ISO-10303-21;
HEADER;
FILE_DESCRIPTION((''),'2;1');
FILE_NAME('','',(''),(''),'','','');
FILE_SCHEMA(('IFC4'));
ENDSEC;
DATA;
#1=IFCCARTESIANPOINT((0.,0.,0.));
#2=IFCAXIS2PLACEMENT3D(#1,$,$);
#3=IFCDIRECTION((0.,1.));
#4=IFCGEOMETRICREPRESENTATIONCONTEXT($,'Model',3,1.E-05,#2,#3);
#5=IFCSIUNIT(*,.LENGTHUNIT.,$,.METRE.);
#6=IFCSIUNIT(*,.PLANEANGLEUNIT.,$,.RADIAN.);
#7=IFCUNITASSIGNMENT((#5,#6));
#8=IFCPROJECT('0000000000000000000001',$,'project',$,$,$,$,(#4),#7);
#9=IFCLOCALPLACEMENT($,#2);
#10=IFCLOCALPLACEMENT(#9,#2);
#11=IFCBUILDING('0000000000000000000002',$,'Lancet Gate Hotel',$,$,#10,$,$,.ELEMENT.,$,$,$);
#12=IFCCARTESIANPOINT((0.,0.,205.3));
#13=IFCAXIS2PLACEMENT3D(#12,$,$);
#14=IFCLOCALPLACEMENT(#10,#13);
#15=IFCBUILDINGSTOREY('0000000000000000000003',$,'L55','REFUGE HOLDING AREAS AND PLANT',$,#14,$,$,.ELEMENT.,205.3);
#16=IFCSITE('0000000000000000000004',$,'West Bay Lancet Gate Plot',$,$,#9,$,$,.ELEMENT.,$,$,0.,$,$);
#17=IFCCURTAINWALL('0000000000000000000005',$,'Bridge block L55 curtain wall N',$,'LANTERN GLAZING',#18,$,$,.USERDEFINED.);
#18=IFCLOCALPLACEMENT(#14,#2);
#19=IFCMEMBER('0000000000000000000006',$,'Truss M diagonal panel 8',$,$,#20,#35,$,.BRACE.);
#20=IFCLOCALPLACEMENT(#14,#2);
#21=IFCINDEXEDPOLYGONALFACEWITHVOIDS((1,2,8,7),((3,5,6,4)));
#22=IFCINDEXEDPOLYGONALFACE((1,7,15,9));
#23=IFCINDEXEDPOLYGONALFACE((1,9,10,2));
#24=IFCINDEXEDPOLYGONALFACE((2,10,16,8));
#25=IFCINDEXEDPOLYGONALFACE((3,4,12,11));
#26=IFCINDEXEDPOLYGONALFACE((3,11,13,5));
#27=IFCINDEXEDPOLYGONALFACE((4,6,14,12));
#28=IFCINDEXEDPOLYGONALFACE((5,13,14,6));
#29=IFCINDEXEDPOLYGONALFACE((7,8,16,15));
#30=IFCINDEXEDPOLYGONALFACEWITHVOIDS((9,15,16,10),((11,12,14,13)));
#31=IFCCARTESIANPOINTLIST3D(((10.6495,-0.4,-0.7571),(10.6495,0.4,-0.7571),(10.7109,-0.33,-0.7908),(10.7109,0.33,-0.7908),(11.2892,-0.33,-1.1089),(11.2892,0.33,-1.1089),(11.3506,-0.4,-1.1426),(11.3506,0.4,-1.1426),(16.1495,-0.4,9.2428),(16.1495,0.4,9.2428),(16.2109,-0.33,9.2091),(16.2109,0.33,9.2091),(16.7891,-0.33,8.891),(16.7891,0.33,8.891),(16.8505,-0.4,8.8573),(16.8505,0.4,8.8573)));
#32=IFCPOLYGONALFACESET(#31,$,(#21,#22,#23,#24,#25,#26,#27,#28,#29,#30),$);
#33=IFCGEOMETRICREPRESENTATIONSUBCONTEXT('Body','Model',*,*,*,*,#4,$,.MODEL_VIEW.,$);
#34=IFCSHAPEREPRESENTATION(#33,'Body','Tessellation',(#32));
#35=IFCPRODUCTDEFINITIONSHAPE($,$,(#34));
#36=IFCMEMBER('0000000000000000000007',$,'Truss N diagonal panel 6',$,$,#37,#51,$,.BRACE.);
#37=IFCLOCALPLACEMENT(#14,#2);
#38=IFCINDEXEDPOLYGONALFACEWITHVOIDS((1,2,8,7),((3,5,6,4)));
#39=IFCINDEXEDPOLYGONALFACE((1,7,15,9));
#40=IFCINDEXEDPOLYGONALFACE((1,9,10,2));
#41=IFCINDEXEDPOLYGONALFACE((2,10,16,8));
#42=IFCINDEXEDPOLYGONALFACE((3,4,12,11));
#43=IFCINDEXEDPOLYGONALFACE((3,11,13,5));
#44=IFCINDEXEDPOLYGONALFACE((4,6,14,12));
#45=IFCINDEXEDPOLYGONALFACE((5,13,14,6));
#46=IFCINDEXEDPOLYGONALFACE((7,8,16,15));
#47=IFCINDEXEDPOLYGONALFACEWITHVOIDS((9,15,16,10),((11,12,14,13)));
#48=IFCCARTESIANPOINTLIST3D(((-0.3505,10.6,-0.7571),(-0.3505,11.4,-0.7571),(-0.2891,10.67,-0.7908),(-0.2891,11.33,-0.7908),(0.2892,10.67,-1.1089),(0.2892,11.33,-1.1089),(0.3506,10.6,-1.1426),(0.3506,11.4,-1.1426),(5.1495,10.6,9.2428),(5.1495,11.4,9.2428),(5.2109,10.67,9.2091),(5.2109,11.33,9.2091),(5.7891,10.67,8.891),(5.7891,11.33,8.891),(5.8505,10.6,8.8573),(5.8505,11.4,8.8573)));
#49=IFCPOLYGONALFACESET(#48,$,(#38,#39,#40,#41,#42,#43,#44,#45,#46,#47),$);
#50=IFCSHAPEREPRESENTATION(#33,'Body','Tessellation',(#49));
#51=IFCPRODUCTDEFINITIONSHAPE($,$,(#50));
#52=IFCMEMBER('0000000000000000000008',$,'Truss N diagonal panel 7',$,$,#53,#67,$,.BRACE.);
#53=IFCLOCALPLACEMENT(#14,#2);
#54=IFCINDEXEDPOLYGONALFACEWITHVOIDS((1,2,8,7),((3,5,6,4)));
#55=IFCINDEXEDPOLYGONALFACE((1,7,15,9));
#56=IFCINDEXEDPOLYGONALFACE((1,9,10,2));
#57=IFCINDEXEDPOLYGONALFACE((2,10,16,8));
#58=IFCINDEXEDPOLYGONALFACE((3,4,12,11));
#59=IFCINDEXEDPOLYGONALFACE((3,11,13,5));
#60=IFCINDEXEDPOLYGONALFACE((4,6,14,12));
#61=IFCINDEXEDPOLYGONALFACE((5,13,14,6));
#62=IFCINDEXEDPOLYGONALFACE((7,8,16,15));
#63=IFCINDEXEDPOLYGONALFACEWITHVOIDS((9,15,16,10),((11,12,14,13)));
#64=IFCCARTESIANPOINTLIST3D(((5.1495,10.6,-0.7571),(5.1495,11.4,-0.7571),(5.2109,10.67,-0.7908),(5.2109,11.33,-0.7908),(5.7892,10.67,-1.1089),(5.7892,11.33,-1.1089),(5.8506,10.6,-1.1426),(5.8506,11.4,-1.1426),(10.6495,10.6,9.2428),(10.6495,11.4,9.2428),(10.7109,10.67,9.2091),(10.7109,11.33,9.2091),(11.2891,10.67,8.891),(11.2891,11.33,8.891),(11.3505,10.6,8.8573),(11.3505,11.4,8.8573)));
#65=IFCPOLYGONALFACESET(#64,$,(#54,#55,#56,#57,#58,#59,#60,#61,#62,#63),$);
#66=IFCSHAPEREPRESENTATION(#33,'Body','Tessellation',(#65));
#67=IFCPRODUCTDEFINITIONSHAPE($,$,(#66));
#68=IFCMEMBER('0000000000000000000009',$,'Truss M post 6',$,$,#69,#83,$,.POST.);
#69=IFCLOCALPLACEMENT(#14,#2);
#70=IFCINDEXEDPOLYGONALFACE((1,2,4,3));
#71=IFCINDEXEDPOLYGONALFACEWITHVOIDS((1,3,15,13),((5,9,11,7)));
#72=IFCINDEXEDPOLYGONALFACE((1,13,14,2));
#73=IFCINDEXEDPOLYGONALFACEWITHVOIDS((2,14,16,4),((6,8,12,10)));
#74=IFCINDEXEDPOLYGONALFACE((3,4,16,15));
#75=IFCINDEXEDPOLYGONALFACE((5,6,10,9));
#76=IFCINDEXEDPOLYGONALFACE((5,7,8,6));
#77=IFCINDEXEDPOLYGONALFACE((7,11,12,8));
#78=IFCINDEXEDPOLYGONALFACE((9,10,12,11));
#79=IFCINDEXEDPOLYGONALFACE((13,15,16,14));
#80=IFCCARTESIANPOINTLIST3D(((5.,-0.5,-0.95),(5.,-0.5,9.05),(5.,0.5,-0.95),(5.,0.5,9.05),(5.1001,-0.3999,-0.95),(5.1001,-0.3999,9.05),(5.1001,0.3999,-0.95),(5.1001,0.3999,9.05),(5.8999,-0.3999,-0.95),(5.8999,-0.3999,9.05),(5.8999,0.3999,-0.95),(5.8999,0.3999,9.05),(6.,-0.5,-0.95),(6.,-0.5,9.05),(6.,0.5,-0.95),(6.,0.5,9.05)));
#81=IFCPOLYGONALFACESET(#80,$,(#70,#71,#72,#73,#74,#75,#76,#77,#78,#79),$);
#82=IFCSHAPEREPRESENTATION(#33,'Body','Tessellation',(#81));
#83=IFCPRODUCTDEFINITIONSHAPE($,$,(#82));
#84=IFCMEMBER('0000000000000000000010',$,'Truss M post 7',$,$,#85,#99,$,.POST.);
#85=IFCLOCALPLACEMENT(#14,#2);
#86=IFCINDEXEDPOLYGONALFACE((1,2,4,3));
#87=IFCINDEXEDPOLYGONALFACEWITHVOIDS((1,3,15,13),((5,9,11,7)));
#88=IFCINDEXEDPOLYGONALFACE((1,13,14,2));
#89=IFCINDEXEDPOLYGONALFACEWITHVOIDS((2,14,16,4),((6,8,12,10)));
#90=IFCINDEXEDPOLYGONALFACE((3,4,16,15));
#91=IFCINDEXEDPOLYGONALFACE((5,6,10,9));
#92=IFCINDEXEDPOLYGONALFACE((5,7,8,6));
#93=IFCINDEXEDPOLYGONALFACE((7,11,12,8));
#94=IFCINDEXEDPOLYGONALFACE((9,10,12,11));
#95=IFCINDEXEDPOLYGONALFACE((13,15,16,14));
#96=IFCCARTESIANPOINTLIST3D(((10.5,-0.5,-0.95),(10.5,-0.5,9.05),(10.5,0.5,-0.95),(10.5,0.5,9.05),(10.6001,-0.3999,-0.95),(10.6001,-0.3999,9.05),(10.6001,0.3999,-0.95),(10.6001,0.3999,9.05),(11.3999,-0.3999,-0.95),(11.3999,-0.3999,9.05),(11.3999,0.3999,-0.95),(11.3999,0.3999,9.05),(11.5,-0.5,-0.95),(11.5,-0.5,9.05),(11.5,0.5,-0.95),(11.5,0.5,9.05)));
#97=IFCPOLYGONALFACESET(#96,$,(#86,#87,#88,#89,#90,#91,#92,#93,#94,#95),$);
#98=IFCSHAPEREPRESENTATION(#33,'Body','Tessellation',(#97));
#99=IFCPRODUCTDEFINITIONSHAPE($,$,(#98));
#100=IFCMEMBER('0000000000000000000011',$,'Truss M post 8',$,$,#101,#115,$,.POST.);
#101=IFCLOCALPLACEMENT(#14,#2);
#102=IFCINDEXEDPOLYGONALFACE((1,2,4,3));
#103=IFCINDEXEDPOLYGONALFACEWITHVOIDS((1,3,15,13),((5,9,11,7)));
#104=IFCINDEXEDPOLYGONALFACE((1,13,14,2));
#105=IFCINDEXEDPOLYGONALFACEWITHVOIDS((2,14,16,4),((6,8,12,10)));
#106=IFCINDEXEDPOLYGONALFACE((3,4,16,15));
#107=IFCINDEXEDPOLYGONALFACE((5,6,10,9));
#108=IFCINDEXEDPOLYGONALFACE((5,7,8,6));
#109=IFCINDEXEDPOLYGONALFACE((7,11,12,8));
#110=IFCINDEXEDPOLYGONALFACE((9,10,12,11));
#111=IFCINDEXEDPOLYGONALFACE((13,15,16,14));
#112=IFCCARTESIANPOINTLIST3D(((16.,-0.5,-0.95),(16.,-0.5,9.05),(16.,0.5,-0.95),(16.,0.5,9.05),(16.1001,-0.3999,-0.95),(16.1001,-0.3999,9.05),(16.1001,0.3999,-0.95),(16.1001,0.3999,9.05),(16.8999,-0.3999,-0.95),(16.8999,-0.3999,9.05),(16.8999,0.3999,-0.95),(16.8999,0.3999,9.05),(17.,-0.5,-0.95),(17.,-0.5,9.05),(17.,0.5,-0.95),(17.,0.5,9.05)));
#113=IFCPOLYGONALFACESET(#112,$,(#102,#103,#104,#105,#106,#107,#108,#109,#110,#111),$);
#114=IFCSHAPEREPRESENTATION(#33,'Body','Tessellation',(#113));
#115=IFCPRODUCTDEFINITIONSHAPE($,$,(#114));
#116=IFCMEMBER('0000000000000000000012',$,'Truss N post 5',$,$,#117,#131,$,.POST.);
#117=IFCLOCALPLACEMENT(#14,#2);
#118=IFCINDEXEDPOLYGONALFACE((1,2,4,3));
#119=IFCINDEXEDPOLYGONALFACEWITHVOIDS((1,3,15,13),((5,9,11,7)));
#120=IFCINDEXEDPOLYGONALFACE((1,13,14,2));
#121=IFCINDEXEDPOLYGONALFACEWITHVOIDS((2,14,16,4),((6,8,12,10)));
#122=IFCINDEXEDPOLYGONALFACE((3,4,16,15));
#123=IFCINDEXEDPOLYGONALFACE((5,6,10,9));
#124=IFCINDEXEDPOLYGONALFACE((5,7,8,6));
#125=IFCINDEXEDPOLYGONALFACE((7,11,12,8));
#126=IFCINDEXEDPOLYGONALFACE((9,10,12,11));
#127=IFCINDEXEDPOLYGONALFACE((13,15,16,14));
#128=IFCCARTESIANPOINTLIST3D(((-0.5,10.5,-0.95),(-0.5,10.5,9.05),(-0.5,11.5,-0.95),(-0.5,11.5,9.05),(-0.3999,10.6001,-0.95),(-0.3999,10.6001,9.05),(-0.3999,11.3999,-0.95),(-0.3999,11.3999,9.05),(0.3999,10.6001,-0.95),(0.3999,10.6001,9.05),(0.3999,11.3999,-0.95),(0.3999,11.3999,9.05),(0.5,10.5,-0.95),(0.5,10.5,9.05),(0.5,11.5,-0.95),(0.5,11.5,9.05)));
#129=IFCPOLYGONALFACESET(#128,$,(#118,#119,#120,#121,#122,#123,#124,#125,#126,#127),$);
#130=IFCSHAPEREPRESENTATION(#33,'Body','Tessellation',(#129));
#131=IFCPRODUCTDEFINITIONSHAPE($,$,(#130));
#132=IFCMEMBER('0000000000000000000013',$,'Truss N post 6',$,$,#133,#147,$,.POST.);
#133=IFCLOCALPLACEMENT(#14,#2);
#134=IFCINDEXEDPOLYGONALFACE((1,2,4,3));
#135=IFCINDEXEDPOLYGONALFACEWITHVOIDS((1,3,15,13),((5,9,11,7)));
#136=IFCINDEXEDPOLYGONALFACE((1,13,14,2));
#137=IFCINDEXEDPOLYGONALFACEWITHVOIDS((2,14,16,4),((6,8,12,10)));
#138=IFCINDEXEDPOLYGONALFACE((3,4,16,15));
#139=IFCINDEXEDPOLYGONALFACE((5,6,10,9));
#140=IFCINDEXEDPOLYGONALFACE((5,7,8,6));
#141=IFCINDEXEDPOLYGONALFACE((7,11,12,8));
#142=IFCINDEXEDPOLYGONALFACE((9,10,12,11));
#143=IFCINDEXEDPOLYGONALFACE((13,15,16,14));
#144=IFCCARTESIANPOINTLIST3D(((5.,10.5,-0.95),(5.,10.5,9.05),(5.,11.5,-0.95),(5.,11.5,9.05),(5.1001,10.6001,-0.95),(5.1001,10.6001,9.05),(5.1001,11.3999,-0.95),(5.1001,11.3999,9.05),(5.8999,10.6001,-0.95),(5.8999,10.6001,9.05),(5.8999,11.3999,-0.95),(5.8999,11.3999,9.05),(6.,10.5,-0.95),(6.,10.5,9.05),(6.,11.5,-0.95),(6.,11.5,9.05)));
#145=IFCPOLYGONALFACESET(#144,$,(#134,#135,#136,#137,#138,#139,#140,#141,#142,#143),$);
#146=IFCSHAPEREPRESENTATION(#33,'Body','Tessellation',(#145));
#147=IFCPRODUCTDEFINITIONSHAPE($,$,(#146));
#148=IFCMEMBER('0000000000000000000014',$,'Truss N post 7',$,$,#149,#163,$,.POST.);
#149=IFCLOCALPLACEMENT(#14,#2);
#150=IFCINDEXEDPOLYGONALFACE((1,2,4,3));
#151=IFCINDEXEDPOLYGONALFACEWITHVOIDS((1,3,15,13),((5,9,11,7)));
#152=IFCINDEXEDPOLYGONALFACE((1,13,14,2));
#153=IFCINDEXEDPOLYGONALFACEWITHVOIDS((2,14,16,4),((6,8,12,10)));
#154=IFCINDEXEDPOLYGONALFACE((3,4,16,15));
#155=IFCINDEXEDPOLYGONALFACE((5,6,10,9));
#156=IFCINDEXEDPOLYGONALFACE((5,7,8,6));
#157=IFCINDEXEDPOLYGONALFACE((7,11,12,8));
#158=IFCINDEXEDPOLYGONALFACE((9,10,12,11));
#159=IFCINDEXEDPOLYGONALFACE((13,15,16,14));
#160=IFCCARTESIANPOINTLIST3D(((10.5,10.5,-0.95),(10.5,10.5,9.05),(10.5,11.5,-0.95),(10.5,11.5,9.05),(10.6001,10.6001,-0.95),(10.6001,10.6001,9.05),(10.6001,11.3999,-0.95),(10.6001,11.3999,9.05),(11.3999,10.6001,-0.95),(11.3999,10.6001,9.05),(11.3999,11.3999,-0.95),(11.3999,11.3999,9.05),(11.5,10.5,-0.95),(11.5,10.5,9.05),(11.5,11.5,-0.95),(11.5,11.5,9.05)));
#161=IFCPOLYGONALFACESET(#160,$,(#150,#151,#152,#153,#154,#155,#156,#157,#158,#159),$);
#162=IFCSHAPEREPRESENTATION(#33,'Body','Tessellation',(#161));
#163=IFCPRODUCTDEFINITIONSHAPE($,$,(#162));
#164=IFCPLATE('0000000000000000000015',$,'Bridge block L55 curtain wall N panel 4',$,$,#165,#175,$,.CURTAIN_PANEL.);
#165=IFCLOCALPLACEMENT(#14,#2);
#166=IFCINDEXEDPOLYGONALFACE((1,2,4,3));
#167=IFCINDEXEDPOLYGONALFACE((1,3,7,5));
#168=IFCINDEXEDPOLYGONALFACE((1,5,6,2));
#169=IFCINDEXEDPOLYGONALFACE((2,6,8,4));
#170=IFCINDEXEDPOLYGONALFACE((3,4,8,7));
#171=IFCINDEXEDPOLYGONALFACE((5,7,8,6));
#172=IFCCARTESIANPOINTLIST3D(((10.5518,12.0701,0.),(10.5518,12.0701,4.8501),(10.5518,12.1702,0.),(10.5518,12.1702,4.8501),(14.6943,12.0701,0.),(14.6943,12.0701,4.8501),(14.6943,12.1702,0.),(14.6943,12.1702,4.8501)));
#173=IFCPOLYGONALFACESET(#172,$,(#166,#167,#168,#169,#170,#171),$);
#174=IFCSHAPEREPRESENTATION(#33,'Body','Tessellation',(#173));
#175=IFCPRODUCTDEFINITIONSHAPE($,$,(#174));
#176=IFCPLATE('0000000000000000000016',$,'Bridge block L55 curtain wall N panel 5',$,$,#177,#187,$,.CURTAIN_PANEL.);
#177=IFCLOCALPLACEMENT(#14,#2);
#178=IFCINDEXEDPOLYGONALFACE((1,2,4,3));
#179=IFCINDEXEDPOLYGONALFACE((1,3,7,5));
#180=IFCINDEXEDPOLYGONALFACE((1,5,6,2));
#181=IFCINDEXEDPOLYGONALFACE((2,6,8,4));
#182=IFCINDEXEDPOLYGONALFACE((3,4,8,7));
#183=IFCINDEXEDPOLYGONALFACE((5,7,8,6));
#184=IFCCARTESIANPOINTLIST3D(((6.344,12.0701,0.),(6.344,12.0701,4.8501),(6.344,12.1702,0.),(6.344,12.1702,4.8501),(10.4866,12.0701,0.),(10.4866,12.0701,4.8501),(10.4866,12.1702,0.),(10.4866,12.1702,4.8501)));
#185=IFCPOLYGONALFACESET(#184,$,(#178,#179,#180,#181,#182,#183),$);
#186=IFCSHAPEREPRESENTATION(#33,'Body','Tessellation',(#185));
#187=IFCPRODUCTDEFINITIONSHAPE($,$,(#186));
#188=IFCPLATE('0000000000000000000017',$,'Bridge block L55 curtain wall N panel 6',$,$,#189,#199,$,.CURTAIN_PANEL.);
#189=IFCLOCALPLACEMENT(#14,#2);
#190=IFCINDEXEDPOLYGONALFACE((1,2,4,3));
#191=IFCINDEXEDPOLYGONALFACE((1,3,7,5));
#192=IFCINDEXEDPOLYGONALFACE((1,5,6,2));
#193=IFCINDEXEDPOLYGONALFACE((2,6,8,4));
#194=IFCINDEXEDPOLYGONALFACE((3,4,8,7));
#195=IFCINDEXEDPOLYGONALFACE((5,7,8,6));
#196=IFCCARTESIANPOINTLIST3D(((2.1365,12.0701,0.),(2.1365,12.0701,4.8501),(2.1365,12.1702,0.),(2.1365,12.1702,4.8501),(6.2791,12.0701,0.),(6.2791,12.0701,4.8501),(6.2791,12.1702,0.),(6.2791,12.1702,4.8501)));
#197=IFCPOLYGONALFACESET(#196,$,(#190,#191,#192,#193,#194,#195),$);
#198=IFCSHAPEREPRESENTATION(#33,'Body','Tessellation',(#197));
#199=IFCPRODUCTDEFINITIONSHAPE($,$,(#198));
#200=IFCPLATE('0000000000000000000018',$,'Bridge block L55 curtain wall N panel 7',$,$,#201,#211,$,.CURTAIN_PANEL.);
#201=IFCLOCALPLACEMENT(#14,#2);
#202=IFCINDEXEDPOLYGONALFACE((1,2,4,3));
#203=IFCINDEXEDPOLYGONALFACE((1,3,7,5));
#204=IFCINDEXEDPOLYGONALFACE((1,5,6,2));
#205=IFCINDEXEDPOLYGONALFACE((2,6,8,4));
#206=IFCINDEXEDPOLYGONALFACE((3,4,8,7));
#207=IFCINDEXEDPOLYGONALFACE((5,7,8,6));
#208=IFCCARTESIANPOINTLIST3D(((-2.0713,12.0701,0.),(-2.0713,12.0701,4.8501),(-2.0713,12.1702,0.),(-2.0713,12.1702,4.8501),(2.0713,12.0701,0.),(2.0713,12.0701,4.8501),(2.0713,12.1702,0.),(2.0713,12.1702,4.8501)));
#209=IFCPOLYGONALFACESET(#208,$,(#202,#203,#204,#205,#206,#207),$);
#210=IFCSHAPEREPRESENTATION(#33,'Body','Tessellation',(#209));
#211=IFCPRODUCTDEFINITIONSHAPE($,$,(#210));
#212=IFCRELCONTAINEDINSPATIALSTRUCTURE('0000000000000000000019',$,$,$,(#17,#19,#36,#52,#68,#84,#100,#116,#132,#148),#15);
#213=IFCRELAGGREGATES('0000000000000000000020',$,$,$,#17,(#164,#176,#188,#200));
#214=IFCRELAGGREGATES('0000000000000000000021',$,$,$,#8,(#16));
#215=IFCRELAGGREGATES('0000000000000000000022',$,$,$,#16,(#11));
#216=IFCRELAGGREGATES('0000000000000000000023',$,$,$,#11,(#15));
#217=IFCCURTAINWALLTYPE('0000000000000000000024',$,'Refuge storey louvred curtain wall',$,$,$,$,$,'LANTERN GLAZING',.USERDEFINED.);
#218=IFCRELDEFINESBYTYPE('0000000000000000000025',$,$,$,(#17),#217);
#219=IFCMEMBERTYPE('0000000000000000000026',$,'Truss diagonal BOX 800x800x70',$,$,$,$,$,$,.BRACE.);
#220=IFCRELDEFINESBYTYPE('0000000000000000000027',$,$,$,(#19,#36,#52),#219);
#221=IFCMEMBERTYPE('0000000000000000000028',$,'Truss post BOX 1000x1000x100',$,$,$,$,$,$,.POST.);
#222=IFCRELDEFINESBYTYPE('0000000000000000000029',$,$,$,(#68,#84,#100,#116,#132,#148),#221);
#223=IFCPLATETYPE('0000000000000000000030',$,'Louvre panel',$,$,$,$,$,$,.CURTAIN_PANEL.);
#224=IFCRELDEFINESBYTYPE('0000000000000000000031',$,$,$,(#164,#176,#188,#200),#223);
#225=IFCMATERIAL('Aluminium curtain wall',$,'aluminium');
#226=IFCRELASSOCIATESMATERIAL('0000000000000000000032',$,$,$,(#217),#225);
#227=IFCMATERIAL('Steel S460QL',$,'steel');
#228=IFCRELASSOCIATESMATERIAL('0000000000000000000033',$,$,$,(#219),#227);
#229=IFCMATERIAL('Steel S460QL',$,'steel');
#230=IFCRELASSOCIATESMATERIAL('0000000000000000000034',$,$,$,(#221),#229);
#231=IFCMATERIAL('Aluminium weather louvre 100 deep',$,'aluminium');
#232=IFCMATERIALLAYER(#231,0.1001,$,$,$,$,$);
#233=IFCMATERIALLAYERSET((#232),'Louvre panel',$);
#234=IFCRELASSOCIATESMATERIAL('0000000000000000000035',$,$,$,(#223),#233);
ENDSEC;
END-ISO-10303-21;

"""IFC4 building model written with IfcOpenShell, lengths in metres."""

from ifc_helpers import new_model, si_unit, direction, frame, origin, origin_2d, place, context, subcontext, project, spatial, rectangle, hollow_rectangle, extrude, material, layer, layer_set, material_profile, profile_set, type_object, element, aggregate, save


model = new_model("IFC4")

# Units and contexts
model_context = context("Model", 3, precision=1e-05, world=origin(), true_north=direction((0.0, 1.0)))
body_context = subcontext(model_context, "Body", "Model", "MODEL_VIEW")
ifc_project = project(units=[si_unit("LENGTHUNIT", "METRE"), si_unit("PLANEANGLEUNIT", "RADIAN")], contexts=[model_context])

# Site, building, storey
site_placement = place(None, origin())
site = spatial("IfcSite", under=ifc_project, at=site_placement, Name="West Bay Lancet Gate Plot", CompositionType="ELEMENT", RefElevation=0.0)
building_placement = place(site_placement, origin())
building = spatial("IfcBuilding", under=site, at=building_placement, Name="Lancet Gate Hotel", CompositionType="ELEMENT")
storey_placement = place(building_placement, frame((0.0, 0.0, 205.3)))
storey = spatial("IfcBuildingStorey", under=building, at=storey_placement, Name="L55", Description="REFUGE HOLDING AREAS AND PLANT", CompositionType="ELEMENT", Elevation=205.3)

# Curtain wall
ifc_material_1 = material(Name="Aluminium curtain wall", Category="aluminium")
curtain_wall_type = type_object("IfcCurtainWallType", Name="Refuge storey louvred curtain wall", ElementType="LANTERN GLAZING", PredefinedType="USERDEFINED", material=ifc_material_1)
curtain_wall_placement = place(storey_placement, origin())
curtain_wall = element("IfcCurtainWall", 1, at=curtain_wall_placement, inside=storey, type_object=curtain_wall_type, Name="Bridge block L55 curtain wall N", ObjectType="LANTERN GLAZING", PredefinedType="USERDEFINED")

# Members
ifc_material_2 = material(Name="Steel S460QL", Category="steel")
ifc_material_profile_1 = material_profile(ifc_material_2, hollow_rectangle(XDim=0.8, YDim=0.8, WallThickness=0.0701, at=origin_2d()), Name="BOX 800x800x70")
ifc_profile_set_1 = profile_set([ifc_material_profile_1], Name="Steel S460QL")
member_type_1 = type_object("IfcMemberType", Name="Truss diagonal BOX 800x800x70", PredefinedType="BRACE", material=ifc_profile_set_1)
for number, where, z_axis, x_axis, name in (
    (2, (16.5, 0.0, 9.05), (-0.481919, 0.0, -0.876216), (0.0, -1.0, 0.0), "Truss M diagonal panel 8"),
    (3, (5.5, 11.0, 9.05), (-0.481919, 0.0, -0.876216), (0.0, -1.0, 0.0), "Truss N diagonal panel 6"),
    (4, (11.0, 11.0, 9.05), (-0.481919, 0.0, -0.876216), (0.0, -1.0, 0.0), "Truss N diagonal panel 7"),
):
    element("IfcMember", number, at=place(storey_placement, frame(where, z_axis=z_axis, x_axis=x_axis)), inside=storey, type_object=member_type_1, Name=name, PredefinedType="BRACE", context=body_context, shape_type="SweptSolid", body=[
        extrude(hollow_rectangle(XDim=0.8, YDim=0.8, WallThickness=0.0701, at=origin_2d()), origin(), (0.0, 0.0, 1.0), 11.4126),
    ])
ifc_material_3 = material(Name="Steel S460QL", Category="steel")
ifc_material_profile_2 = material_profile(ifc_material_3, hollow_rectangle(XDim=1.0, YDim=1.0, WallThickness=0.1001, at=origin_2d()), Name="BOX 1000x1000x100")
ifc_profile_set_2 = profile_set([ifc_material_profile_2], Name="Steel S460QL")
member_type_2 = type_object("IfcMemberType", Name="Truss post BOX 1000x1000x100", PredefinedType="POST", material=ifc_profile_set_2)
for number, where, z_axis, x_axis, name in (
    (5, (5.5, 0.0, -0.95), (0.0, 0.0, 1.0), (1.0, 0.0, 0.0), "Truss M post 6"),
    (6, (11.0, 0.0, -0.95), (0.0, 0.0, 1.0), (1.0, 0.0, 0.0), "Truss M post 7"),
    (7, (16.5, 0.0, -0.95), (0.0, 0.0, 1.0), (1.0, 0.0, 0.0), "Truss M post 8"),
    (8, (0.0, 11.0, -0.95), (0.0, 0.0, 1.0), (1.0, 0.0, 0.0), "Truss N post 5"),
    (9, (5.5, 11.0, -0.95), (0.0, 0.0, 1.0), (1.0, 0.0, 0.0), "Truss N post 6"),
    (10, (11.0, 11.0, -0.95), (0.0, 0.0, 1.0), (1.0, 0.0, 0.0), "Truss N post 7"),
):
    element("IfcMember", number, at=place(storey_placement, frame(where, z_axis=z_axis, x_axis=x_axis)), inside=storey, type_object=member_type_2, Name=name, PredefinedType="POST", context=body_context, shape_type="SweptSolid", body=[
        extrude(hollow_rectangle(XDim=1.0, YDim=1.0, WallThickness=0.1001, at=origin_2d()), origin(), (0.0, 0.0, 1.0), 10.0),
    ])

# Plates
ifc_material_4 = material(Name="Aluminium weather louvre 100 deep", Category="aluminium")
ifc_layer = layer(ifc_material_4, 0.1001)
ifc_layer_set = layer_set([ifc_layer], Name="Louvre panel")
plate_type = type_object("IfcPlateType", Name="Louvre panel", PredefinedType="CURTAIN_PANEL", material=ifc_layer_set)
plate_1_placement = place(storey_placement, frame((12.623, 12.1201, 0.0), z_axis=(0.0, 0.0, 1.0), x_axis=(-1.0, 0.0, 0.0)))
plate_1 = element("IfcPlate", 11, at=plate_1_placement, type_object=plate_type, Name="Bridge block L55 curtain wall N panel 4", PredefinedType="CURTAIN_PANEL", context=body_context, shape_type="SweptSolid", body=[
    extrude(rectangle(XDim=4.1426, YDim=0.1001, at=origin_2d()), origin(), (0.0, 0.0, 1.0), 4.8501),
])
plate_2_placement = place(storey_placement, frame((8.4153, 12.1201, 0.0), z_axis=(0.0, 0.0, 1.0), x_axis=(-1.0, 0.0, 0.0)))
plate_2 = element("IfcPlate", 12, at=plate_2_placement, type_object=plate_type, Name="Bridge block L55 curtain wall N panel 5", PredefinedType="CURTAIN_PANEL", context=body_context, shape_type="SweptSolid", body=[
    extrude(rectangle(XDim=4.1426, YDim=0.1001, at=origin_2d()), origin(), (0.0, 0.0, 1.0), 4.8501),
])
plate_3_placement = place(storey_placement, frame((4.2078, 12.1201, 0.0), z_axis=(0.0, 0.0, 1.0), x_axis=(-1.0, 0.0, 0.0)))
plate_3 = element("IfcPlate", 13, at=plate_3_placement, type_object=plate_type, Name="Bridge block L55 curtain wall N panel 6", PredefinedType="CURTAIN_PANEL", context=body_context, shape_type="SweptSolid", body=[
    extrude(rectangle(XDim=4.1426, YDim=0.1001, at=origin_2d()), origin(), (0.0, 0.0, 1.0), 4.8501),
])
plate_4_placement = place(storey_placement, frame((0.0, 12.1201, 0.0), z_axis=(0.0, 0.0, 1.0), x_axis=(-1.0, 0.0, 0.0)))
plate_4 = element("IfcPlate", 14, at=plate_4_placement, type_object=plate_type, Name="Bridge block L55 curtain wall N panel 7", PredefinedType="CURTAIN_PANEL", context=body_context, shape_type="SweptSolid", body=[
    extrude(rectangle(XDim=4.1426, YDim=0.1001, at=origin_2d()), origin(), (0.0, 0.0, 1.0), 4.8501),
])
aggregate(curtain_wall, [plate_1, plate_2, plate_3, plate_4])

save(model, "model.ifc")
